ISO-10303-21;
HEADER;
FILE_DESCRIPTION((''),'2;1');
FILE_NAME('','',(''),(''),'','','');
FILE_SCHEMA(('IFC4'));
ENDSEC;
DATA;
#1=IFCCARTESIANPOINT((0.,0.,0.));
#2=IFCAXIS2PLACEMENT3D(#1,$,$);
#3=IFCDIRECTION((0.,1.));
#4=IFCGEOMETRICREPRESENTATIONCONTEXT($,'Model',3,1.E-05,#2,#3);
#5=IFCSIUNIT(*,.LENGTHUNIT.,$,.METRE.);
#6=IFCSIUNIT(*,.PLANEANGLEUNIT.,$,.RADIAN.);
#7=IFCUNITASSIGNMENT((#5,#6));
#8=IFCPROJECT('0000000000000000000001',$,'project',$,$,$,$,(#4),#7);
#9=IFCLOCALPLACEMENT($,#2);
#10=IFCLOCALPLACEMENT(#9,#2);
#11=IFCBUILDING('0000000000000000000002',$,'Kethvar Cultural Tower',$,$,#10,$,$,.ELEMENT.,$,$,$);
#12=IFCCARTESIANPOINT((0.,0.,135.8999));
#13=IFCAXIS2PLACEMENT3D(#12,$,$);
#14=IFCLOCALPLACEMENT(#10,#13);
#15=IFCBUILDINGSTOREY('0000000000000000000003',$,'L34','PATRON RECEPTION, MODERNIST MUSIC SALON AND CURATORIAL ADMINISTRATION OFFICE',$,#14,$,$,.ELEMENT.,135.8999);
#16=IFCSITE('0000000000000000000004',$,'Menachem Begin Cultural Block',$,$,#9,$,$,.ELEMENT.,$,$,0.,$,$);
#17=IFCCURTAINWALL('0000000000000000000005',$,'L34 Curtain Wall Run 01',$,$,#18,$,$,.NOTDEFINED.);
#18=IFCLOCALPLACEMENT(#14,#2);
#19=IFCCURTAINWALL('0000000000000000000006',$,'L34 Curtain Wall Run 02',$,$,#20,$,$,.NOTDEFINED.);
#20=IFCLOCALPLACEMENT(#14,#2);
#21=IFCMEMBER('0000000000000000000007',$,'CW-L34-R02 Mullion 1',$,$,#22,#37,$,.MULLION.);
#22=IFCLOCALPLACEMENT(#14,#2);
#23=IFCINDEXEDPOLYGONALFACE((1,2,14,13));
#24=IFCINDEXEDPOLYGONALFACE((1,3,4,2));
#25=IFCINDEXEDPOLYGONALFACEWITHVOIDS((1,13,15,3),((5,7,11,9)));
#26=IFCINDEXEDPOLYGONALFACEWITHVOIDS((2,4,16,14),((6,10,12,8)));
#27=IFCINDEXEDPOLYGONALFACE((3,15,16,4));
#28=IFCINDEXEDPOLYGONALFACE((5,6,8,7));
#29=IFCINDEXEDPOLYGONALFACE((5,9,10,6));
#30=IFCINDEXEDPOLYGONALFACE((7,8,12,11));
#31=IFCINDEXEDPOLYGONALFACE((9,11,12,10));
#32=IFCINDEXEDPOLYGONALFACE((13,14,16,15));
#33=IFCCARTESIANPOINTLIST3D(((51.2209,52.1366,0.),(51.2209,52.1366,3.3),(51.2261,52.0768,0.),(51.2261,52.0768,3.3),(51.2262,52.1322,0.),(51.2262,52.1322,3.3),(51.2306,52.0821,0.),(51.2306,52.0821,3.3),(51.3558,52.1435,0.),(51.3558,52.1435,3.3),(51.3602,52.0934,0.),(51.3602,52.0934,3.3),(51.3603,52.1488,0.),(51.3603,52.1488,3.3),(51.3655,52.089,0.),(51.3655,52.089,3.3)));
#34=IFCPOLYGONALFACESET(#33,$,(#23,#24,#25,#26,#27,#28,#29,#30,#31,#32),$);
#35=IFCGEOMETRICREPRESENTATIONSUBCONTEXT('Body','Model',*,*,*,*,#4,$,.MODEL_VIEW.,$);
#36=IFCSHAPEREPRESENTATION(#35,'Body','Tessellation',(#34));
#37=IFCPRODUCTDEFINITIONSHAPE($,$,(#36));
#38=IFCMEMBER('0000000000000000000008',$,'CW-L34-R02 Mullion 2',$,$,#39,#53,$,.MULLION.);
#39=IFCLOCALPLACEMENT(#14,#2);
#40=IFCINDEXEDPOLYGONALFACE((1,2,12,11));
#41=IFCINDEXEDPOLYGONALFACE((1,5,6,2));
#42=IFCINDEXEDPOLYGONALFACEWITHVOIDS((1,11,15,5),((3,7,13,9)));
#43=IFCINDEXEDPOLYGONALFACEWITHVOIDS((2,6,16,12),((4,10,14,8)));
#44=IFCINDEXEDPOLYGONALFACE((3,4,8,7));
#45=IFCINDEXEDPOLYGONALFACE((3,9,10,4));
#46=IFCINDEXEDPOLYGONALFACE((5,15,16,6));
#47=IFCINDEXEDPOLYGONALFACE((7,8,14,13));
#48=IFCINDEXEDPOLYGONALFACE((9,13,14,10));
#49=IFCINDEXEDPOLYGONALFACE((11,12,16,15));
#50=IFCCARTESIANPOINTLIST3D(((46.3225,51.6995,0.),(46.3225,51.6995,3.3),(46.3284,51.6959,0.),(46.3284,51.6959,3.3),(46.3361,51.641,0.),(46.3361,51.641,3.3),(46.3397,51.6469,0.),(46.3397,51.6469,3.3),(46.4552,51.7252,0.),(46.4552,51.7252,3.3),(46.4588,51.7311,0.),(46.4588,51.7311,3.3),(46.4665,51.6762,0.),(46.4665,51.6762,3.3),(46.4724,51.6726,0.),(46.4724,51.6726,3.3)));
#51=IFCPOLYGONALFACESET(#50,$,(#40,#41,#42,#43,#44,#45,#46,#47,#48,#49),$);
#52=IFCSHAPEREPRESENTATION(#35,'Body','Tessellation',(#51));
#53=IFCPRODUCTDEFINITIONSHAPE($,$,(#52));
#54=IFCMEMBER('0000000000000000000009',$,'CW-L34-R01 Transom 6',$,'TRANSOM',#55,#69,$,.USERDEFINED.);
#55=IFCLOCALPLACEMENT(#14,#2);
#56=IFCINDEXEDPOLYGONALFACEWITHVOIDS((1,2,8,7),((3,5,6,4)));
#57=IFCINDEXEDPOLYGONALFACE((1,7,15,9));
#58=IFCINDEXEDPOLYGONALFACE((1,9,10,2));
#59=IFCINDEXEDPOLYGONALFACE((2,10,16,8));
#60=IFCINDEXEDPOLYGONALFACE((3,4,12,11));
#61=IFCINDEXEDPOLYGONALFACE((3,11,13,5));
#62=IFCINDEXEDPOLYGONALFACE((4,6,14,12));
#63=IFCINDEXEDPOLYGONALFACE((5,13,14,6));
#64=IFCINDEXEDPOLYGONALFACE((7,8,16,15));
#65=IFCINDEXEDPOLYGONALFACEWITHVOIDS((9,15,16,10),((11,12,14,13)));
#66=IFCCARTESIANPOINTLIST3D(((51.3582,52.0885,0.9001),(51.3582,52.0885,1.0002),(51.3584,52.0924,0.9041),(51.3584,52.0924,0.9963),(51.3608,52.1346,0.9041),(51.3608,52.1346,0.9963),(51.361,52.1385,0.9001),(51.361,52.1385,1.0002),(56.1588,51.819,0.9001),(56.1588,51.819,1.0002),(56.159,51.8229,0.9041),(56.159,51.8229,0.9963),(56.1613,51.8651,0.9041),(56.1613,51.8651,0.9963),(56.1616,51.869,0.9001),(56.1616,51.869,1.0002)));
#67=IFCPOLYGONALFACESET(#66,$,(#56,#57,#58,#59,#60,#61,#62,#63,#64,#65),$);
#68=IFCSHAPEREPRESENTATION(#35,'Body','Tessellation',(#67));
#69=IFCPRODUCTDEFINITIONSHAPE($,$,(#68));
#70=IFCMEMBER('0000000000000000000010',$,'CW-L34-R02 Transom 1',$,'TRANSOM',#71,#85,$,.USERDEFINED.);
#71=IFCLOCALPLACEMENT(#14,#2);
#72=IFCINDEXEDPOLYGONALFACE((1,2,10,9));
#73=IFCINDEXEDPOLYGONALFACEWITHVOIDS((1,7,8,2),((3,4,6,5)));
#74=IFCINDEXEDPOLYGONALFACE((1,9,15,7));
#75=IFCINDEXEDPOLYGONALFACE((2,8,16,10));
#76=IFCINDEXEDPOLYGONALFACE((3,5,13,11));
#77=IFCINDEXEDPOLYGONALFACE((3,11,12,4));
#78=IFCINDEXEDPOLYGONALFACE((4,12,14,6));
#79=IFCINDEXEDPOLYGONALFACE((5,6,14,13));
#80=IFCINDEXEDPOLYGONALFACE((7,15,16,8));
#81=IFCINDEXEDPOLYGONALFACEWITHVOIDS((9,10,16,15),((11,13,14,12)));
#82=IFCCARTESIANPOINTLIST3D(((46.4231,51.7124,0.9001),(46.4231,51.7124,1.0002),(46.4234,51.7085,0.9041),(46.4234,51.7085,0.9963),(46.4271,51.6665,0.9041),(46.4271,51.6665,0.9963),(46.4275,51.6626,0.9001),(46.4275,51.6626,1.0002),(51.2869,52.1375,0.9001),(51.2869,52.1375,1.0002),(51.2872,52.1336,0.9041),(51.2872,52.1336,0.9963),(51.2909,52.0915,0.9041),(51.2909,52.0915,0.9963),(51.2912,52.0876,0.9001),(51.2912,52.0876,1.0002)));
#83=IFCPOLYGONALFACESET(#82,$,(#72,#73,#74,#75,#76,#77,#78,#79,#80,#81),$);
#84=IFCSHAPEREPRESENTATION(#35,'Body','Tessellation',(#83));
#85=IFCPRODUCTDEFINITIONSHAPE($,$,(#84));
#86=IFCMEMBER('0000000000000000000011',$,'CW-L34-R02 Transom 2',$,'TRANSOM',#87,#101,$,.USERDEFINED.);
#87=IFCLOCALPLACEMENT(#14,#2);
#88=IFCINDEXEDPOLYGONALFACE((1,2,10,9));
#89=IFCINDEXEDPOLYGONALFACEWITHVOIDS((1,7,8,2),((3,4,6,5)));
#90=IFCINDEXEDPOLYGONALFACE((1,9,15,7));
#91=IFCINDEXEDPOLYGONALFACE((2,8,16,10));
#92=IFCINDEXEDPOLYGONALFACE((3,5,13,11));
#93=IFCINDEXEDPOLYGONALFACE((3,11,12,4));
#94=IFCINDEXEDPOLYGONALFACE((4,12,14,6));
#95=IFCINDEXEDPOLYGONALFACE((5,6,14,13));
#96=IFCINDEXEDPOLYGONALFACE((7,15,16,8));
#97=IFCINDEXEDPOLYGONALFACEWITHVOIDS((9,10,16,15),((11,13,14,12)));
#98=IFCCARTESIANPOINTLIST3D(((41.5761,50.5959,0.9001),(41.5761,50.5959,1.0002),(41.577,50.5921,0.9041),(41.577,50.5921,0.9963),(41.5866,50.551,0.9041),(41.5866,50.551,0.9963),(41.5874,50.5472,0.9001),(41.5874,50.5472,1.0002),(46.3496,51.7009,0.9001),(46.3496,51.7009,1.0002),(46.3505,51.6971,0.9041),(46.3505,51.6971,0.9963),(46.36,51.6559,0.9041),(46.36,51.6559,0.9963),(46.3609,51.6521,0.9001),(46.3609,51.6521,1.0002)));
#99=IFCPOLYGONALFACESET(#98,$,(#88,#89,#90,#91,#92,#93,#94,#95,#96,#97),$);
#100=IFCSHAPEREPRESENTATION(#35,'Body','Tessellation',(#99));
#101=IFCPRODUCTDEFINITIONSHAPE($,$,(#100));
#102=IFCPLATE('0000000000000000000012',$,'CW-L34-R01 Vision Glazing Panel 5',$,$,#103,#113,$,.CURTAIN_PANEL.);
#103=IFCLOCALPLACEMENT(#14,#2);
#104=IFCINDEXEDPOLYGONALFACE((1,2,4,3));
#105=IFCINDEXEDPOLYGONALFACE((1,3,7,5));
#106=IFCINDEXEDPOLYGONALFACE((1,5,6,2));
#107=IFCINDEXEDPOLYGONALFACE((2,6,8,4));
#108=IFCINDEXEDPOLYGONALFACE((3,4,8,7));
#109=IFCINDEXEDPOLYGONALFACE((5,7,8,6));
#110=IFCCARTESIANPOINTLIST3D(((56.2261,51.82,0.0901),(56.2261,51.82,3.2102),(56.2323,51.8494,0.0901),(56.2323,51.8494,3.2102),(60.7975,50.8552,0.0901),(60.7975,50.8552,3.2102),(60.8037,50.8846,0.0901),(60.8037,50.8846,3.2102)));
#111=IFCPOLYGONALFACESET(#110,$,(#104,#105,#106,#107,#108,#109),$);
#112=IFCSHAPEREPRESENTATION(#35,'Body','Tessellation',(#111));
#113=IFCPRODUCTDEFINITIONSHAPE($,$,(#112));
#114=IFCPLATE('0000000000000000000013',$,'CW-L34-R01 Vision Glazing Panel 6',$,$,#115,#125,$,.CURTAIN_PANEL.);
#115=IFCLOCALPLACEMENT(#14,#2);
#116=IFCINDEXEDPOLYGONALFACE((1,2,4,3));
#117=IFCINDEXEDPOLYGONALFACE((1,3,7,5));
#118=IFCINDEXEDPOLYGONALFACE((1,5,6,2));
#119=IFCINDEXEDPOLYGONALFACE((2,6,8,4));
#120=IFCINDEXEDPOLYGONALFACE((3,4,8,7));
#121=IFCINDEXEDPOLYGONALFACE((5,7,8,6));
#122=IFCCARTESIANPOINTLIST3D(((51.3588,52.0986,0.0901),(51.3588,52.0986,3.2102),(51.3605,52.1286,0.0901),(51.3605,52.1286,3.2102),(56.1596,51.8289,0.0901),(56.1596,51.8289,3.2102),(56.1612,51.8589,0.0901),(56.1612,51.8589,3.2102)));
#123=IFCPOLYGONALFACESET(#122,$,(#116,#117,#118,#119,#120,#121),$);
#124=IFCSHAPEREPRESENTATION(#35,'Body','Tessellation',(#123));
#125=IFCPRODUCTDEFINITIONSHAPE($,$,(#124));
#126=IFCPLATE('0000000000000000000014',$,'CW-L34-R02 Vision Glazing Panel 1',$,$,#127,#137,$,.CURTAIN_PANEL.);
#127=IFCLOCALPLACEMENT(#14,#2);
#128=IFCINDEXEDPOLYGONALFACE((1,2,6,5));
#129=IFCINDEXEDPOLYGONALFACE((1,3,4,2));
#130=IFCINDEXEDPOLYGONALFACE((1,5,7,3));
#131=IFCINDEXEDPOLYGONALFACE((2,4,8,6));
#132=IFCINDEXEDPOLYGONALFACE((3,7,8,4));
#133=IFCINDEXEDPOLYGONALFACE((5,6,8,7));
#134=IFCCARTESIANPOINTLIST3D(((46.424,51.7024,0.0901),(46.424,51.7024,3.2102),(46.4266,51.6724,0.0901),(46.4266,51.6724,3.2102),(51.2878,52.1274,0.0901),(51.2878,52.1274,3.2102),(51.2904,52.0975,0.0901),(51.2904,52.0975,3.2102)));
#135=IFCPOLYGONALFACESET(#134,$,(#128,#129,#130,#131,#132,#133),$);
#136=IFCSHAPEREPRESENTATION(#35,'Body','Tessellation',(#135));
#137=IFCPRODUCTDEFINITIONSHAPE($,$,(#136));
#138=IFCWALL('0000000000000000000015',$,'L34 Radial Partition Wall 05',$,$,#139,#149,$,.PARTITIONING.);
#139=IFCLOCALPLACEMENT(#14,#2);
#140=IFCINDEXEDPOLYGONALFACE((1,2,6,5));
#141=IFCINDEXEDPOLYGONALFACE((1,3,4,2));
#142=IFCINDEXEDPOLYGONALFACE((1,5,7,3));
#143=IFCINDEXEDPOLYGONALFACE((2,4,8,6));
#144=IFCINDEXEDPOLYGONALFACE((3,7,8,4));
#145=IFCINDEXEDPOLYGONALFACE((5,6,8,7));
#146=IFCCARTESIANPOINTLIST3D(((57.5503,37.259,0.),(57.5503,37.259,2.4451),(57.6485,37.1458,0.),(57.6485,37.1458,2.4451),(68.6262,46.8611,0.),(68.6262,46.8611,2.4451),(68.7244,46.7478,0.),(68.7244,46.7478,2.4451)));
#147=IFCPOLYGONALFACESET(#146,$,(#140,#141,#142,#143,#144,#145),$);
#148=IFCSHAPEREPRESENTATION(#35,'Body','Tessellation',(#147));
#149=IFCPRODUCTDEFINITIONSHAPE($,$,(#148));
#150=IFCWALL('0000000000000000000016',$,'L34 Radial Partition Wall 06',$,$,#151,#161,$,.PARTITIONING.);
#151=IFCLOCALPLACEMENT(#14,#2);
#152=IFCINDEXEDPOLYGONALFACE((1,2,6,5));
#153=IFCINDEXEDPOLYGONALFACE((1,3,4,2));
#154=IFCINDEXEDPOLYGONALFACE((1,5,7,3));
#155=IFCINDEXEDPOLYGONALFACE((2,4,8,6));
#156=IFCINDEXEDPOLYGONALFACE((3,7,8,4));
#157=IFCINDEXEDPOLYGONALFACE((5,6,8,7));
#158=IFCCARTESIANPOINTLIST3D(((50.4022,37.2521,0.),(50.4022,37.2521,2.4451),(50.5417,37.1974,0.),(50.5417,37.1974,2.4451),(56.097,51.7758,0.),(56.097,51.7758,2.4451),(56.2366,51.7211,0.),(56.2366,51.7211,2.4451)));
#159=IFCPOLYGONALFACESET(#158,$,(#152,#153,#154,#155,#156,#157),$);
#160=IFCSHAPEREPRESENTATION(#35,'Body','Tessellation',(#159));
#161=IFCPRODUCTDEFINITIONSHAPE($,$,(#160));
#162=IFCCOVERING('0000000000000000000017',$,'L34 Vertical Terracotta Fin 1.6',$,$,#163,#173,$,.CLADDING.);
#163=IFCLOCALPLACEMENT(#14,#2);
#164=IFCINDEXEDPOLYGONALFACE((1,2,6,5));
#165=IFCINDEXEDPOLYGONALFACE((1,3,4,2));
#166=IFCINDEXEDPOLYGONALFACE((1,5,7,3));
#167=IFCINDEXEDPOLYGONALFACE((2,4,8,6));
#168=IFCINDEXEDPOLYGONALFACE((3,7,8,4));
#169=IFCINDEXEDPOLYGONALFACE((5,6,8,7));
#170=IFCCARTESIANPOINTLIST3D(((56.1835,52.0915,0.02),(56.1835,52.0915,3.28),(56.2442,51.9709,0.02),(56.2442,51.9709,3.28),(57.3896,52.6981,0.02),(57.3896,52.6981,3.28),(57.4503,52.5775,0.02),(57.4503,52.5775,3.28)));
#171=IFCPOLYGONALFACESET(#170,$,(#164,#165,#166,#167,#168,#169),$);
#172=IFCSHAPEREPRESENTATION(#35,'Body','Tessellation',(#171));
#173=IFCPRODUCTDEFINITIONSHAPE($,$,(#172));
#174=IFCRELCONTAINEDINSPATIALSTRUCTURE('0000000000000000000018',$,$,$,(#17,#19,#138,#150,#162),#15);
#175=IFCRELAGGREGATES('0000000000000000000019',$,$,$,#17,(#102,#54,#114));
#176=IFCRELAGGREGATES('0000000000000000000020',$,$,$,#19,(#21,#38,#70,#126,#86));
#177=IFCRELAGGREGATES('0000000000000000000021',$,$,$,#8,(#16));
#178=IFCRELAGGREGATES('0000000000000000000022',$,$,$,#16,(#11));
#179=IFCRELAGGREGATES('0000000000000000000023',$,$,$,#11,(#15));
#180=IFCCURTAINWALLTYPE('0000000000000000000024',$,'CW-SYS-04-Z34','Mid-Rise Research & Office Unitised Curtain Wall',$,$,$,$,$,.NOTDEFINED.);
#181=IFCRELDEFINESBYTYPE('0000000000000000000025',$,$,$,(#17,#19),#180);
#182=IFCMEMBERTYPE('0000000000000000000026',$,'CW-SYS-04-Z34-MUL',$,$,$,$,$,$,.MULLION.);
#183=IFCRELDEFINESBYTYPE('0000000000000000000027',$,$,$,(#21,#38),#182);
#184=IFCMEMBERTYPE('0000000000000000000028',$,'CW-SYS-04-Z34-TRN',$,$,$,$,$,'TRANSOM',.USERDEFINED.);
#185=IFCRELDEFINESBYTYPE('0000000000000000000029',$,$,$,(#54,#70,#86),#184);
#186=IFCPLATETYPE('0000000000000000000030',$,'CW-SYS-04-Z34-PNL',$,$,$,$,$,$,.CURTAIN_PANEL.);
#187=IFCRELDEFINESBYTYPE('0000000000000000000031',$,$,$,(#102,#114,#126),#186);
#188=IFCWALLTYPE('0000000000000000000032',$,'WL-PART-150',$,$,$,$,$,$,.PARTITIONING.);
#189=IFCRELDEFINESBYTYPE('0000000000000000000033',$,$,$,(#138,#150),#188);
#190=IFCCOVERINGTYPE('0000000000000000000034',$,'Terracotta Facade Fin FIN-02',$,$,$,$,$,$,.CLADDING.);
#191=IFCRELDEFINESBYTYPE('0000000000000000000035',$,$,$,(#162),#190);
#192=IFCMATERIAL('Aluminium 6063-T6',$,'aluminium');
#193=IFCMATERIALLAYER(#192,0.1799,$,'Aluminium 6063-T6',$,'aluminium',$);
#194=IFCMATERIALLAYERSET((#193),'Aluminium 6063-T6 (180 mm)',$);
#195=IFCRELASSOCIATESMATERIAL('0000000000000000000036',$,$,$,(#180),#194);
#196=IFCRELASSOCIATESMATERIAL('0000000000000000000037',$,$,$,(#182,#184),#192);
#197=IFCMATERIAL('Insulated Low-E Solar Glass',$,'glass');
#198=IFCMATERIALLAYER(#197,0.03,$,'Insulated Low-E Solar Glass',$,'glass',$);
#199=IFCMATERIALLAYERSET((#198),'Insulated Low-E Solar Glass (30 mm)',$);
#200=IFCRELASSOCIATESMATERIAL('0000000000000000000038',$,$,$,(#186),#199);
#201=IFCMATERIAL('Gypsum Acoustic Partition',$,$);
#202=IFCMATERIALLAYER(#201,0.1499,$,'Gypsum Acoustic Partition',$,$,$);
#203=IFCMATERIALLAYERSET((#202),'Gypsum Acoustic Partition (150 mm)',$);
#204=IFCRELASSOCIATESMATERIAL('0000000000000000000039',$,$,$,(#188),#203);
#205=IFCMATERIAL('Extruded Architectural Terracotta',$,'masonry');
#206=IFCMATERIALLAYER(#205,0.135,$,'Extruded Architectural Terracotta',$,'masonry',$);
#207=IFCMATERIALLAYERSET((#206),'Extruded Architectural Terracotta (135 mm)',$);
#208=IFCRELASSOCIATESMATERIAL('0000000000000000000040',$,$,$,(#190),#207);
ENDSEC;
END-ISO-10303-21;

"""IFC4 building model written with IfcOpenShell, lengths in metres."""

from ifc_helpers import new_model, si_unit, direction, frame, frame_2d, origin, origin_2d, place, context, subcontext, project, spatial, rectangle, hollow_rectangle, extrude, source, transform, mapped, material, layer, layer_set, material_profile, profile_set, type_object, element, aggregate, save


model = new_model("IFC4")

# Units and contexts
model_context = context("Model", 3, precision=1e-05, world=origin(), true_north=direction((0.0, 1.0)))
body_context = subcontext(model_context, "Body", "Model", "MODEL_VIEW")
ifc_project = project(units=[si_unit("LENGTHUNIT", "METRE"), si_unit("PLANEANGLEUNIT", "RADIAN")], contexts=[model_context])

# Site, building, storey
site_placement = place(None, origin())
site = spatial("IfcSite", under=ifc_project, at=site_placement, Name="Menachem Begin Cultural Block", CompositionType="ELEMENT", RefElevation=0.0)
building_placement = place(site_placement, origin())
building = spatial("IfcBuilding", under=site, at=building_placement, Name="Kethvar Cultural Tower", CompositionType="ELEMENT")
storey_placement = place(building_placement, frame((0.0, 0.0, 135.8999)))
storey = spatial("IfcBuildingStorey", under=building, at=storey_placement, Name="L34", Description="PATRON RECEPTION, MODERNIST MUSIC SALON AND CURATORIAL ADMINISTRATION OFFICE", CompositionType="ELEMENT", Elevation=135.8999)

# Curtain walls, members
ifc_material_1 = material(Name="Aluminium 6063-T6", Category="aluminium")
ifc_layer_1 = layer(ifc_material_1, 0.1799, Name="Aluminium 6063-T6", Category="aluminium")
ifc_layer_set_1 = layer_set([ifc_layer_1], Name="Aluminium 6063-T6 (180 mm)")
curtain_wall_type = type_object("IfcCurtainWallType", Name="CW-SYS-04-Z34", Description="Mid-Rise Research & Office Unitised Curtain Wall", PredefinedType="NOTDEFINED", material=ifc_layer_set_1)
curtain_wall_1_placement = place(storey_placement, origin())
curtain_wall_1 = element("IfcCurtainWall", 1, at=curtain_wall_1_placement, inside=storey, type_object=curtain_wall_type, Name="L34 Curtain Wall Run 01", PredefinedType="NOTDEFINED")
ifc_material_profile_1 = material_profile(ifc_material_1, hollow_rectangle(XDim=0.0601, YDim=0.1399, WallThickness=0.0049, at=origin_2d()), Name="Aluminium 6063-T6 — RHS140x60x5")
ifc_profile_set_1 = profile_set([ifc_material_profile_1], Name="Aluminium 6063-T6 — RHS140x60x5")
member_type_1 = type_object("IfcMemberType", Name="CW-SYS-04-Z34-MUL", PredefinedType="MULLION", material=ifc_profile_set_1)
shared_shape_1 = source(origin(), body_context, "Body", "SweptSolid", [
    extrude(hollow_rectangle(XDim=0.0601, YDim=0.1399, WallThickness=0.0049, at=origin_2d()), origin(), (0.0, 0.0, 1.0), 3.3),
])
curtain_wall_2_placement = place(storey_placement, origin())
curtain_wall_2 = element("IfcCurtainWall", 2, at=curtain_wall_2_placement, inside=storey, type_object=curtain_wall_type, Name="L34 Curtain Wall Run 02", PredefinedType="NOTDEFINED")
member_1_placement = place(storey_placement, frame((51.2932, 52.1128, 0.0), z_axis=(0.0, 0.0, 1.0), x_axis=(0.087051, -0.996204, 0.0)))
member_1 = element("IfcMember", 3, at=member_1_placement, type_object=member_type_1, Name="CW-L34-R02 Mullion 1", PredefinedType="MULLION", context=body_context, shape_type="MappedRepresentation", body=[
    mapped(shared_shape_1, transform((0.0, 0.0, 0.0), scale=1.0)),
])
member_2_placement = place(storey_placement, frame((46.3975, 51.686, 0.0), z_axis=(0.0, 0.0, 1.0), x_axis=(0.225478, -0.974248, 0.0)))
member_2 = element("IfcMember", 4, at=member_2_placement, type_object=member_type_1, Name="CW-L34-R02 Mullion 2", PredefinedType="MULLION", context=body_context, shape_type="MappedRepresentation", body=[
    mapped(shared_shape_1, transform((0.0, 0.0, 0.0), scale=1.0)),
])

# Members
ifc_material_profile_2 = material_profile(ifc_material_1, hollow_rectangle(XDim=0.05, YDim=0.1001, WallThickness=0.0039, at=origin_2d()), Name="Aluminium 6063-T6 — RHS100x50x4")
ifc_profile_set_2 = profile_set([ifc_material_profile_2], Name="Aluminium 6063-T6 — RHS100x50x4")
member_type_2 = type_object("IfcMemberType", Name="CW-SYS-04-Z34-TRN", ElementType="TRANSOM", PredefinedType="USERDEFINED", material=ifc_profile_set_2)
shared_shape_2 = source(origin(), body_context, "Body", "SweptSolid", [
    extrude(hollow_rectangle(XDim=0.05, YDim=0.1001, WallThickness=0.0039, at=origin_2d()), origin(), (0.0, 0.0, 1.0), 4.8081),
])
member_3_placement = place(storey_placement, frame((56.1602, 51.844, 0.9502), z_axis=(-0.998428, 0.056058, 0.0), x_axis=(-0.056058, -0.998428, 0.0)))
member_3 = element("IfcMember", 5, at=member_3_placement, type_object=member_type_2, Name="CW-L34-R01 Transom 6", ObjectType="TRANSOM", PredefinedType="USERDEFINED", context=body_context, shape_type="MappedRepresentation", body=[
    mapped(shared_shape_2, transform((0.0, 0.0, 0.0), scale=1.0)),
])
shared_shape_3 = source(origin(), body_context, "Body", "SweptSolid", [
    extrude(hollow_rectangle(XDim=0.05, YDim=0.1001, WallThickness=0.0039, at=origin_2d()), origin(), (0.0, 0.0, 1.0), 4.8823),
])
member_4_placement = place(storey_placement, frame((51.2891, 52.1125, 0.9502), z_axis=(-0.996203, -0.087059, 0.0), x_axis=(0.087059, -0.996203, 0.0)))
member_4 = element("IfcMember", 6, at=member_4_placement, type_object=member_type_2, Name="CW-L34-R02 Transom 1", ObjectType="TRANSOM", PredefinedType="USERDEFINED", context=body_context, shape_type="MappedRepresentation", body=[
    mapped(shared_shape_3, transform((0.0, 0.0, 0.0), scale=1.0)),
])
shared_shape_4 = source(origin(), body_context, "Body", "SweptSolid", [
    extrude(hollow_rectangle(XDim=0.05, YDim=0.1001, WallThickness=0.0039, at=origin_2d()), origin(), (0.0, 0.0, 1.0), 4.8997),
])
member_5_placement = place(storey_placement, frame((46.3552, 51.6765, 0.9502), z_axis=(-0.974238, -0.225522, 0.0), x_axis=(0.225522, -0.974238, 0.0)))
member_5 = element("IfcMember", 7, at=member_5_placement, type_object=member_type_2, Name="CW-L34-R02 Transom 2", ObjectType="TRANSOM", PredefinedType="USERDEFINED", context=body_context, shape_type="MappedRepresentation", body=[
    mapped(shared_shape_4, transform((0.0, 0.0, 0.0), scale=1.0)),
])

# Plates
ifc_material_2 = material(Name="Insulated Low-E Solar Glass", Category="glass")
ifc_layer_2 = layer(ifc_material_2, 0.03, Name="Insulated Low-E Solar Glass", Category="glass")
ifc_layer_set_2 = layer_set([ifc_layer_2], Name="Insulated Low-E Solar Glass (30 mm)")
plate_type = type_object("IfcPlateType", Name="CW-SYS-04-Z34-PNL", PredefinedType="CURTAIN_PANEL", material=ifc_layer_set_2)
shared_shape_5 = source(origin(), body_context, "Body", "SweptSolid", [
    extrude(rectangle(XDim=4.6721, YDim=0.03, at=origin_2d()), origin(), (0.0, 0.0, 1.0), 3.1201),
])
plate_1_placement = place(storey_placement, frame((58.5149, 51.3523, 0.0901), z_axis=(0.0, 0.0, 1.0), x_axis=(-0.978448, 0.206495, 0.0)))
plate_1 = element("IfcPlate", 8, at=plate_1_placement, type_object=plate_type, Name="CW-L34-R01 Vision Glazing Panel 5", PredefinedType="CURTAIN_PANEL", context=body_context, shape_type="MappedRepresentation", body=[
    mapped(shared_shape_5, transform((0.0, 0.0, 0.0), scale=1.0)),
])
shared_shape_6 = source(origin(), body_context, "Body", "SweptSolid", [
    extrude(rectangle(XDim=4.8083, YDim=0.03, at=origin_2d()), origin(), (0.0, 0.0, 1.0), 3.1201),
])
plate_2_placement = place(storey_placement, frame((53.76, 51.9788, 0.0901), z_axis=(0.0, 0.0, 1.0), x_axis=(-0.998426, 0.056083, 0.0)))
plate_2 = element("IfcPlate", 9, at=plate_2_placement, type_object=plate_type, Name="CW-L34-R01 Vision Glazing Panel 6", PredefinedType="CURTAIN_PANEL", context=body_context, shape_type="MappedRepresentation", body=[
    mapped(shared_shape_6, transform((0.0, 0.0, 0.0), scale=1.0)),
])
aggregate(curtain_wall_1, [plate_1, member_3, plate_2])
shared_shape_7 = source(origin(), body_context, "Body", "SweptSolid", [
    extrude(rectangle(XDim=4.8823, YDim=0.03, at=origin_2d()), origin(), (0.0, 0.0, 1.0), 3.1201),
])
plate_3_placement = place(storey_placement, frame((48.8572, 51.8999, 0.0901), z_axis=(0.0, 0.0, 1.0), x_axis=(-0.996204, -0.087051, 0.0)))
plate_3 = element("IfcPlate", 10, at=plate_3_placement, type_object=plate_type, Name="CW-L34-R02 Vision Glazing Panel 1", PredefinedType="CURTAIN_PANEL", context=body_context, shape_type="MappedRepresentation", body=[
    mapped(shared_shape_7, transform((0.0, 0.0, 0.0), scale=1.0)),
])
aggregate(curtain_wall_2, [member_1, member_2, member_4, plate_3, member_5])

# Walls
ifc_material_3 = material(Name="Gypsum Acoustic Partition")
ifc_layer_3 = layer(ifc_material_3, 0.1499, Name="Gypsum Acoustic Partition")
ifc_layer_set_3 = layer_set([ifc_layer_3], Name="Gypsum Acoustic Partition (150 mm)")
wall_type_1 = type_object("IfcWallType", Name="WL-PART-150", PredefinedType="PARTITIONING", material=ifc_layer_set_3)
wall_1_placement = place(storey_placement, frame((57.5994, 37.2024, 0.0), z_axis=(0.0, 0.0, 1.0), x_axis=(0.755591, 0.655044, 0.0)))
element("IfcWall", 11, at=wall_1_placement, inside=storey, type_object=wall_type_1, Name="L34 Radial Partition Wall 05", PredefinedType="PARTITIONING", context=body_context, shape_type="SweptSolid", body=[
    extrude(rectangle(XDim=14.6587, YDim=0.1499, at=frame_2d((7.3293, 0.0))), origin(), (0.0, 0.0, 1.0), 2.4451),
])
wall_2_placement = place(storey_placement, frame((50.4719, 37.2246, 0.0), z_axis=(0.0, 0.0, 1.0), x_axis=(0.365047, 0.930989, 0.0)))
element("IfcWall", 12, at=wall_2_placement, inside=storey, type_object=wall_type_1, Name="L34 Radial Partition Wall 06", PredefinedType="PARTITIONING", context=body_context, shape_type="SweptSolid", body=[
    extrude(rectangle(XDim=15.6003, YDim=0.1499, at=frame_2d((7.8003, 0.0))), origin(), (0.0, 0.0, 1.0), 2.4451),
])

# Covering
ifc_material_4 = material(Name="Extruded Architectural Terracotta", Category="masonry")
ifc_layer_4 = layer(ifc_material_4, 0.135, Name="Extruded Architectural Terracotta", Category="masonry")
ifc_layer_set_4 = layer_set([ifc_layer_4], Name="Extruded Architectural Terracotta (135 mm)")
covering_type = type_object("IfcCoveringType", Name="Terracotta Facade Fin FIN-02", PredefinedType="CLADDING", material=ifc_layer_set_4)
shared_shape_8 = source(origin(), body_context, "Body", "SweptSolid", [
    extrude(rectangle(XDim=1.3501, YDim=0.135, at=origin_2d()), origin(), (0.0, 0.0, 1.0), 3.26),
])
for number, where, z_axis, x_axis, name in (
    (13, (56.8169, 52.3345, 0.02), (0.0, 0.0, 1.0), (0.893371, 0.449319, 0.0), "L34 Vertical Terracotta Fin 1.6"),
):
    element("IfcCovering", number, at=place(storey_placement, frame(where, z_axis=z_axis, x_axis=x_axis)), inside=storey, type_object=covering_type, Name=name, PredefinedType="CLADDING", context=body_context, shape_type="MappedRepresentation", body=[
        mapped(shared_shape_8, transform((0.0, 0.0, 0.0), scale=1.0)),
    ])

save(model, "model.ifc")
